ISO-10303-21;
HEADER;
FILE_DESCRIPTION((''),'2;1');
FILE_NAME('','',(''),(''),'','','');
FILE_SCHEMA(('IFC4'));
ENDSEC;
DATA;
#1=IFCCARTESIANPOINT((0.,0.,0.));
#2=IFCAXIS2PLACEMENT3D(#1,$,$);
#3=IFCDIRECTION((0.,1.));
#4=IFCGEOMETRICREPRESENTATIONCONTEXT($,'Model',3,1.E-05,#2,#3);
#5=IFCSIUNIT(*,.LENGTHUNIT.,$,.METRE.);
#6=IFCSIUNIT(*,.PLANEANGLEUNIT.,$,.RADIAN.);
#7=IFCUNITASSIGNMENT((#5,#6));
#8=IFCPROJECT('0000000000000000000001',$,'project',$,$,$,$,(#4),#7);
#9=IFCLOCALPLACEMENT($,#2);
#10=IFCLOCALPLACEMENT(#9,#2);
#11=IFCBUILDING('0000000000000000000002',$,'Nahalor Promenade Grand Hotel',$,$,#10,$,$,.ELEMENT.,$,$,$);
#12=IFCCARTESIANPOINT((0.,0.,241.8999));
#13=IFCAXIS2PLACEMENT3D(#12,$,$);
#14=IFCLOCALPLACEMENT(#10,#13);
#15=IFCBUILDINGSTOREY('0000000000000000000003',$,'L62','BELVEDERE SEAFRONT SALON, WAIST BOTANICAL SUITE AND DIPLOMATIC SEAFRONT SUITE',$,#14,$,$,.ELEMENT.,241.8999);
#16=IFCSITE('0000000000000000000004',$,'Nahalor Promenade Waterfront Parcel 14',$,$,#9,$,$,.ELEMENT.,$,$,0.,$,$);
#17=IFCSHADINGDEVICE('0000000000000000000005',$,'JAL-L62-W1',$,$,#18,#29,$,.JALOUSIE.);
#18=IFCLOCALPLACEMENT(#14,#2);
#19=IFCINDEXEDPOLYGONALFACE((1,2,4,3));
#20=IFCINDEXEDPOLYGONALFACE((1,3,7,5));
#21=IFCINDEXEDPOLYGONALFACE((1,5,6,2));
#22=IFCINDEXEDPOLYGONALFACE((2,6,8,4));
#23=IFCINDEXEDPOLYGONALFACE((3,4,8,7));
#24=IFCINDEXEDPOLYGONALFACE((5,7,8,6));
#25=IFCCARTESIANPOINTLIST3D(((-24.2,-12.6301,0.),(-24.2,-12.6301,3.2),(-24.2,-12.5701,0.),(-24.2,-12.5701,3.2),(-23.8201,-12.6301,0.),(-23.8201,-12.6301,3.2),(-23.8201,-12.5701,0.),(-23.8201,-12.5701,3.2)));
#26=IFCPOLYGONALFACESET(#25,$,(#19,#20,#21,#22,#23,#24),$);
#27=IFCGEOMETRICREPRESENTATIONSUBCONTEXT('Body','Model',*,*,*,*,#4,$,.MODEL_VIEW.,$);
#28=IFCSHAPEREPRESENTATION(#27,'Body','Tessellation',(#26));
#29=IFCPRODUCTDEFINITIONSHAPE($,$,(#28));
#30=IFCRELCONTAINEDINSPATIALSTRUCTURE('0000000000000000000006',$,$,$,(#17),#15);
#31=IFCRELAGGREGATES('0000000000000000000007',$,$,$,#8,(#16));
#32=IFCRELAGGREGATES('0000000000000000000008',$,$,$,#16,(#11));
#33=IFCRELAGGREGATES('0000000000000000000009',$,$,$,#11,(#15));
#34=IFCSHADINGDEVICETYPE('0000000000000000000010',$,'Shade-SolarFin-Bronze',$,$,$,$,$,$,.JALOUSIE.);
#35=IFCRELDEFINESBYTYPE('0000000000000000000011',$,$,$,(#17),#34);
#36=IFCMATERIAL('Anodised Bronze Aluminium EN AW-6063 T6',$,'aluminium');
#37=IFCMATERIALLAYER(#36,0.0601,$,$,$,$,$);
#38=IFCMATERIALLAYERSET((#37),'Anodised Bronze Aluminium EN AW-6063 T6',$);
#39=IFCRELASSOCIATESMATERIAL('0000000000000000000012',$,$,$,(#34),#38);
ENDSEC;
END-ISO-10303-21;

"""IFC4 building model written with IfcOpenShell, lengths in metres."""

from ifc_helpers import new_model, si_unit, direction, frame, origin, origin_2d, place, context, subcontext, project, spatial, rectangle, extrude, source, transform, mapped, material, layer, layer_set, type_object, element, save


model = new_model("IFC4")

# Units and contexts
model_context = context("Model", 3, precision=1e-05, world=origin(), true_north=direction((0.0, 1.0)))
body_context = subcontext(model_context, "Body", "Model", "MODEL_VIEW")
ifc_project = project(units=[si_unit("LENGTHUNIT", "METRE"), si_unit("PLANEANGLEUNIT", "RADIAN")], contexts=[model_context])

# Site, building, storey
site_placement = place(None, origin())
site = spatial("IfcSite", under=ifc_project, at=site_placement, Name="Nahalor Promenade Waterfront Parcel 14", CompositionType="ELEMENT", RefElevation=0.0)
building_placement = place(site_placement, origin())
building = spatial("IfcBuilding", under=site, at=building_placement, Name="Nahalor Promenade Grand Hotel", CompositionType="ELEMENT")
storey_placement = place(building_placement, frame((0.0, 0.0, 241.8999)))
storey = spatial("IfcBuildingStorey", under=building, at=storey_placement, Name="L62", Description="BELVEDERE SEAFRONT SALON, WAIST BOTANICAL SUITE AND DIPLOMATIC SEAFRONT SUITE", CompositionType="ELEMENT", Elevation=241.8999)

# Shared definitions
ifc_material_1 = material(Name="Anodised Bronze Aluminium EN AW-6063 T6", Category="aluminium")

# Shading device
ifc_layer_1 = layer(ifc_material_1, 0.0601)
ifc_layer_set_1 = layer_set([ifc_layer_1], Name="Anodised Bronze Aluminium EN AW-6063 T6")
shading_device_type = type_object("IfcShadingDeviceType", Name="Shade-SolarFin-Bronze", PredefinedType="JALOUSIE", material=ifc_layer_set_1)
shared_shape_1 = source(origin(), body_context, "Body", "SweptSolid", [
    extrude(rectangle(XDim=0.3799, YDim=0.0601, at=origin_2d()), origin(), (0.0, 0.0, 1.0), 3.2),
])
shading_device_placement = place(storey_placement, frame((-24.01, -12.6001, 0.0), z_axis=(0.0, 0.0, 1.0), x_axis=(1.0, 0.0, 0.0)))
element("IfcShadingDevice", 1, at=shading_device_placement, inside=storey, type_object=shading_device_type, Name="JAL-L62-W1", PredefinedType="JALOUSIE", context=body_context, shape_type="MappedRepresentation", body=[
    mapped(shared_shape_1, transform((0.0, 0.0, 0.0), scale=1.0)),
])

save(model, "model.ifc")
